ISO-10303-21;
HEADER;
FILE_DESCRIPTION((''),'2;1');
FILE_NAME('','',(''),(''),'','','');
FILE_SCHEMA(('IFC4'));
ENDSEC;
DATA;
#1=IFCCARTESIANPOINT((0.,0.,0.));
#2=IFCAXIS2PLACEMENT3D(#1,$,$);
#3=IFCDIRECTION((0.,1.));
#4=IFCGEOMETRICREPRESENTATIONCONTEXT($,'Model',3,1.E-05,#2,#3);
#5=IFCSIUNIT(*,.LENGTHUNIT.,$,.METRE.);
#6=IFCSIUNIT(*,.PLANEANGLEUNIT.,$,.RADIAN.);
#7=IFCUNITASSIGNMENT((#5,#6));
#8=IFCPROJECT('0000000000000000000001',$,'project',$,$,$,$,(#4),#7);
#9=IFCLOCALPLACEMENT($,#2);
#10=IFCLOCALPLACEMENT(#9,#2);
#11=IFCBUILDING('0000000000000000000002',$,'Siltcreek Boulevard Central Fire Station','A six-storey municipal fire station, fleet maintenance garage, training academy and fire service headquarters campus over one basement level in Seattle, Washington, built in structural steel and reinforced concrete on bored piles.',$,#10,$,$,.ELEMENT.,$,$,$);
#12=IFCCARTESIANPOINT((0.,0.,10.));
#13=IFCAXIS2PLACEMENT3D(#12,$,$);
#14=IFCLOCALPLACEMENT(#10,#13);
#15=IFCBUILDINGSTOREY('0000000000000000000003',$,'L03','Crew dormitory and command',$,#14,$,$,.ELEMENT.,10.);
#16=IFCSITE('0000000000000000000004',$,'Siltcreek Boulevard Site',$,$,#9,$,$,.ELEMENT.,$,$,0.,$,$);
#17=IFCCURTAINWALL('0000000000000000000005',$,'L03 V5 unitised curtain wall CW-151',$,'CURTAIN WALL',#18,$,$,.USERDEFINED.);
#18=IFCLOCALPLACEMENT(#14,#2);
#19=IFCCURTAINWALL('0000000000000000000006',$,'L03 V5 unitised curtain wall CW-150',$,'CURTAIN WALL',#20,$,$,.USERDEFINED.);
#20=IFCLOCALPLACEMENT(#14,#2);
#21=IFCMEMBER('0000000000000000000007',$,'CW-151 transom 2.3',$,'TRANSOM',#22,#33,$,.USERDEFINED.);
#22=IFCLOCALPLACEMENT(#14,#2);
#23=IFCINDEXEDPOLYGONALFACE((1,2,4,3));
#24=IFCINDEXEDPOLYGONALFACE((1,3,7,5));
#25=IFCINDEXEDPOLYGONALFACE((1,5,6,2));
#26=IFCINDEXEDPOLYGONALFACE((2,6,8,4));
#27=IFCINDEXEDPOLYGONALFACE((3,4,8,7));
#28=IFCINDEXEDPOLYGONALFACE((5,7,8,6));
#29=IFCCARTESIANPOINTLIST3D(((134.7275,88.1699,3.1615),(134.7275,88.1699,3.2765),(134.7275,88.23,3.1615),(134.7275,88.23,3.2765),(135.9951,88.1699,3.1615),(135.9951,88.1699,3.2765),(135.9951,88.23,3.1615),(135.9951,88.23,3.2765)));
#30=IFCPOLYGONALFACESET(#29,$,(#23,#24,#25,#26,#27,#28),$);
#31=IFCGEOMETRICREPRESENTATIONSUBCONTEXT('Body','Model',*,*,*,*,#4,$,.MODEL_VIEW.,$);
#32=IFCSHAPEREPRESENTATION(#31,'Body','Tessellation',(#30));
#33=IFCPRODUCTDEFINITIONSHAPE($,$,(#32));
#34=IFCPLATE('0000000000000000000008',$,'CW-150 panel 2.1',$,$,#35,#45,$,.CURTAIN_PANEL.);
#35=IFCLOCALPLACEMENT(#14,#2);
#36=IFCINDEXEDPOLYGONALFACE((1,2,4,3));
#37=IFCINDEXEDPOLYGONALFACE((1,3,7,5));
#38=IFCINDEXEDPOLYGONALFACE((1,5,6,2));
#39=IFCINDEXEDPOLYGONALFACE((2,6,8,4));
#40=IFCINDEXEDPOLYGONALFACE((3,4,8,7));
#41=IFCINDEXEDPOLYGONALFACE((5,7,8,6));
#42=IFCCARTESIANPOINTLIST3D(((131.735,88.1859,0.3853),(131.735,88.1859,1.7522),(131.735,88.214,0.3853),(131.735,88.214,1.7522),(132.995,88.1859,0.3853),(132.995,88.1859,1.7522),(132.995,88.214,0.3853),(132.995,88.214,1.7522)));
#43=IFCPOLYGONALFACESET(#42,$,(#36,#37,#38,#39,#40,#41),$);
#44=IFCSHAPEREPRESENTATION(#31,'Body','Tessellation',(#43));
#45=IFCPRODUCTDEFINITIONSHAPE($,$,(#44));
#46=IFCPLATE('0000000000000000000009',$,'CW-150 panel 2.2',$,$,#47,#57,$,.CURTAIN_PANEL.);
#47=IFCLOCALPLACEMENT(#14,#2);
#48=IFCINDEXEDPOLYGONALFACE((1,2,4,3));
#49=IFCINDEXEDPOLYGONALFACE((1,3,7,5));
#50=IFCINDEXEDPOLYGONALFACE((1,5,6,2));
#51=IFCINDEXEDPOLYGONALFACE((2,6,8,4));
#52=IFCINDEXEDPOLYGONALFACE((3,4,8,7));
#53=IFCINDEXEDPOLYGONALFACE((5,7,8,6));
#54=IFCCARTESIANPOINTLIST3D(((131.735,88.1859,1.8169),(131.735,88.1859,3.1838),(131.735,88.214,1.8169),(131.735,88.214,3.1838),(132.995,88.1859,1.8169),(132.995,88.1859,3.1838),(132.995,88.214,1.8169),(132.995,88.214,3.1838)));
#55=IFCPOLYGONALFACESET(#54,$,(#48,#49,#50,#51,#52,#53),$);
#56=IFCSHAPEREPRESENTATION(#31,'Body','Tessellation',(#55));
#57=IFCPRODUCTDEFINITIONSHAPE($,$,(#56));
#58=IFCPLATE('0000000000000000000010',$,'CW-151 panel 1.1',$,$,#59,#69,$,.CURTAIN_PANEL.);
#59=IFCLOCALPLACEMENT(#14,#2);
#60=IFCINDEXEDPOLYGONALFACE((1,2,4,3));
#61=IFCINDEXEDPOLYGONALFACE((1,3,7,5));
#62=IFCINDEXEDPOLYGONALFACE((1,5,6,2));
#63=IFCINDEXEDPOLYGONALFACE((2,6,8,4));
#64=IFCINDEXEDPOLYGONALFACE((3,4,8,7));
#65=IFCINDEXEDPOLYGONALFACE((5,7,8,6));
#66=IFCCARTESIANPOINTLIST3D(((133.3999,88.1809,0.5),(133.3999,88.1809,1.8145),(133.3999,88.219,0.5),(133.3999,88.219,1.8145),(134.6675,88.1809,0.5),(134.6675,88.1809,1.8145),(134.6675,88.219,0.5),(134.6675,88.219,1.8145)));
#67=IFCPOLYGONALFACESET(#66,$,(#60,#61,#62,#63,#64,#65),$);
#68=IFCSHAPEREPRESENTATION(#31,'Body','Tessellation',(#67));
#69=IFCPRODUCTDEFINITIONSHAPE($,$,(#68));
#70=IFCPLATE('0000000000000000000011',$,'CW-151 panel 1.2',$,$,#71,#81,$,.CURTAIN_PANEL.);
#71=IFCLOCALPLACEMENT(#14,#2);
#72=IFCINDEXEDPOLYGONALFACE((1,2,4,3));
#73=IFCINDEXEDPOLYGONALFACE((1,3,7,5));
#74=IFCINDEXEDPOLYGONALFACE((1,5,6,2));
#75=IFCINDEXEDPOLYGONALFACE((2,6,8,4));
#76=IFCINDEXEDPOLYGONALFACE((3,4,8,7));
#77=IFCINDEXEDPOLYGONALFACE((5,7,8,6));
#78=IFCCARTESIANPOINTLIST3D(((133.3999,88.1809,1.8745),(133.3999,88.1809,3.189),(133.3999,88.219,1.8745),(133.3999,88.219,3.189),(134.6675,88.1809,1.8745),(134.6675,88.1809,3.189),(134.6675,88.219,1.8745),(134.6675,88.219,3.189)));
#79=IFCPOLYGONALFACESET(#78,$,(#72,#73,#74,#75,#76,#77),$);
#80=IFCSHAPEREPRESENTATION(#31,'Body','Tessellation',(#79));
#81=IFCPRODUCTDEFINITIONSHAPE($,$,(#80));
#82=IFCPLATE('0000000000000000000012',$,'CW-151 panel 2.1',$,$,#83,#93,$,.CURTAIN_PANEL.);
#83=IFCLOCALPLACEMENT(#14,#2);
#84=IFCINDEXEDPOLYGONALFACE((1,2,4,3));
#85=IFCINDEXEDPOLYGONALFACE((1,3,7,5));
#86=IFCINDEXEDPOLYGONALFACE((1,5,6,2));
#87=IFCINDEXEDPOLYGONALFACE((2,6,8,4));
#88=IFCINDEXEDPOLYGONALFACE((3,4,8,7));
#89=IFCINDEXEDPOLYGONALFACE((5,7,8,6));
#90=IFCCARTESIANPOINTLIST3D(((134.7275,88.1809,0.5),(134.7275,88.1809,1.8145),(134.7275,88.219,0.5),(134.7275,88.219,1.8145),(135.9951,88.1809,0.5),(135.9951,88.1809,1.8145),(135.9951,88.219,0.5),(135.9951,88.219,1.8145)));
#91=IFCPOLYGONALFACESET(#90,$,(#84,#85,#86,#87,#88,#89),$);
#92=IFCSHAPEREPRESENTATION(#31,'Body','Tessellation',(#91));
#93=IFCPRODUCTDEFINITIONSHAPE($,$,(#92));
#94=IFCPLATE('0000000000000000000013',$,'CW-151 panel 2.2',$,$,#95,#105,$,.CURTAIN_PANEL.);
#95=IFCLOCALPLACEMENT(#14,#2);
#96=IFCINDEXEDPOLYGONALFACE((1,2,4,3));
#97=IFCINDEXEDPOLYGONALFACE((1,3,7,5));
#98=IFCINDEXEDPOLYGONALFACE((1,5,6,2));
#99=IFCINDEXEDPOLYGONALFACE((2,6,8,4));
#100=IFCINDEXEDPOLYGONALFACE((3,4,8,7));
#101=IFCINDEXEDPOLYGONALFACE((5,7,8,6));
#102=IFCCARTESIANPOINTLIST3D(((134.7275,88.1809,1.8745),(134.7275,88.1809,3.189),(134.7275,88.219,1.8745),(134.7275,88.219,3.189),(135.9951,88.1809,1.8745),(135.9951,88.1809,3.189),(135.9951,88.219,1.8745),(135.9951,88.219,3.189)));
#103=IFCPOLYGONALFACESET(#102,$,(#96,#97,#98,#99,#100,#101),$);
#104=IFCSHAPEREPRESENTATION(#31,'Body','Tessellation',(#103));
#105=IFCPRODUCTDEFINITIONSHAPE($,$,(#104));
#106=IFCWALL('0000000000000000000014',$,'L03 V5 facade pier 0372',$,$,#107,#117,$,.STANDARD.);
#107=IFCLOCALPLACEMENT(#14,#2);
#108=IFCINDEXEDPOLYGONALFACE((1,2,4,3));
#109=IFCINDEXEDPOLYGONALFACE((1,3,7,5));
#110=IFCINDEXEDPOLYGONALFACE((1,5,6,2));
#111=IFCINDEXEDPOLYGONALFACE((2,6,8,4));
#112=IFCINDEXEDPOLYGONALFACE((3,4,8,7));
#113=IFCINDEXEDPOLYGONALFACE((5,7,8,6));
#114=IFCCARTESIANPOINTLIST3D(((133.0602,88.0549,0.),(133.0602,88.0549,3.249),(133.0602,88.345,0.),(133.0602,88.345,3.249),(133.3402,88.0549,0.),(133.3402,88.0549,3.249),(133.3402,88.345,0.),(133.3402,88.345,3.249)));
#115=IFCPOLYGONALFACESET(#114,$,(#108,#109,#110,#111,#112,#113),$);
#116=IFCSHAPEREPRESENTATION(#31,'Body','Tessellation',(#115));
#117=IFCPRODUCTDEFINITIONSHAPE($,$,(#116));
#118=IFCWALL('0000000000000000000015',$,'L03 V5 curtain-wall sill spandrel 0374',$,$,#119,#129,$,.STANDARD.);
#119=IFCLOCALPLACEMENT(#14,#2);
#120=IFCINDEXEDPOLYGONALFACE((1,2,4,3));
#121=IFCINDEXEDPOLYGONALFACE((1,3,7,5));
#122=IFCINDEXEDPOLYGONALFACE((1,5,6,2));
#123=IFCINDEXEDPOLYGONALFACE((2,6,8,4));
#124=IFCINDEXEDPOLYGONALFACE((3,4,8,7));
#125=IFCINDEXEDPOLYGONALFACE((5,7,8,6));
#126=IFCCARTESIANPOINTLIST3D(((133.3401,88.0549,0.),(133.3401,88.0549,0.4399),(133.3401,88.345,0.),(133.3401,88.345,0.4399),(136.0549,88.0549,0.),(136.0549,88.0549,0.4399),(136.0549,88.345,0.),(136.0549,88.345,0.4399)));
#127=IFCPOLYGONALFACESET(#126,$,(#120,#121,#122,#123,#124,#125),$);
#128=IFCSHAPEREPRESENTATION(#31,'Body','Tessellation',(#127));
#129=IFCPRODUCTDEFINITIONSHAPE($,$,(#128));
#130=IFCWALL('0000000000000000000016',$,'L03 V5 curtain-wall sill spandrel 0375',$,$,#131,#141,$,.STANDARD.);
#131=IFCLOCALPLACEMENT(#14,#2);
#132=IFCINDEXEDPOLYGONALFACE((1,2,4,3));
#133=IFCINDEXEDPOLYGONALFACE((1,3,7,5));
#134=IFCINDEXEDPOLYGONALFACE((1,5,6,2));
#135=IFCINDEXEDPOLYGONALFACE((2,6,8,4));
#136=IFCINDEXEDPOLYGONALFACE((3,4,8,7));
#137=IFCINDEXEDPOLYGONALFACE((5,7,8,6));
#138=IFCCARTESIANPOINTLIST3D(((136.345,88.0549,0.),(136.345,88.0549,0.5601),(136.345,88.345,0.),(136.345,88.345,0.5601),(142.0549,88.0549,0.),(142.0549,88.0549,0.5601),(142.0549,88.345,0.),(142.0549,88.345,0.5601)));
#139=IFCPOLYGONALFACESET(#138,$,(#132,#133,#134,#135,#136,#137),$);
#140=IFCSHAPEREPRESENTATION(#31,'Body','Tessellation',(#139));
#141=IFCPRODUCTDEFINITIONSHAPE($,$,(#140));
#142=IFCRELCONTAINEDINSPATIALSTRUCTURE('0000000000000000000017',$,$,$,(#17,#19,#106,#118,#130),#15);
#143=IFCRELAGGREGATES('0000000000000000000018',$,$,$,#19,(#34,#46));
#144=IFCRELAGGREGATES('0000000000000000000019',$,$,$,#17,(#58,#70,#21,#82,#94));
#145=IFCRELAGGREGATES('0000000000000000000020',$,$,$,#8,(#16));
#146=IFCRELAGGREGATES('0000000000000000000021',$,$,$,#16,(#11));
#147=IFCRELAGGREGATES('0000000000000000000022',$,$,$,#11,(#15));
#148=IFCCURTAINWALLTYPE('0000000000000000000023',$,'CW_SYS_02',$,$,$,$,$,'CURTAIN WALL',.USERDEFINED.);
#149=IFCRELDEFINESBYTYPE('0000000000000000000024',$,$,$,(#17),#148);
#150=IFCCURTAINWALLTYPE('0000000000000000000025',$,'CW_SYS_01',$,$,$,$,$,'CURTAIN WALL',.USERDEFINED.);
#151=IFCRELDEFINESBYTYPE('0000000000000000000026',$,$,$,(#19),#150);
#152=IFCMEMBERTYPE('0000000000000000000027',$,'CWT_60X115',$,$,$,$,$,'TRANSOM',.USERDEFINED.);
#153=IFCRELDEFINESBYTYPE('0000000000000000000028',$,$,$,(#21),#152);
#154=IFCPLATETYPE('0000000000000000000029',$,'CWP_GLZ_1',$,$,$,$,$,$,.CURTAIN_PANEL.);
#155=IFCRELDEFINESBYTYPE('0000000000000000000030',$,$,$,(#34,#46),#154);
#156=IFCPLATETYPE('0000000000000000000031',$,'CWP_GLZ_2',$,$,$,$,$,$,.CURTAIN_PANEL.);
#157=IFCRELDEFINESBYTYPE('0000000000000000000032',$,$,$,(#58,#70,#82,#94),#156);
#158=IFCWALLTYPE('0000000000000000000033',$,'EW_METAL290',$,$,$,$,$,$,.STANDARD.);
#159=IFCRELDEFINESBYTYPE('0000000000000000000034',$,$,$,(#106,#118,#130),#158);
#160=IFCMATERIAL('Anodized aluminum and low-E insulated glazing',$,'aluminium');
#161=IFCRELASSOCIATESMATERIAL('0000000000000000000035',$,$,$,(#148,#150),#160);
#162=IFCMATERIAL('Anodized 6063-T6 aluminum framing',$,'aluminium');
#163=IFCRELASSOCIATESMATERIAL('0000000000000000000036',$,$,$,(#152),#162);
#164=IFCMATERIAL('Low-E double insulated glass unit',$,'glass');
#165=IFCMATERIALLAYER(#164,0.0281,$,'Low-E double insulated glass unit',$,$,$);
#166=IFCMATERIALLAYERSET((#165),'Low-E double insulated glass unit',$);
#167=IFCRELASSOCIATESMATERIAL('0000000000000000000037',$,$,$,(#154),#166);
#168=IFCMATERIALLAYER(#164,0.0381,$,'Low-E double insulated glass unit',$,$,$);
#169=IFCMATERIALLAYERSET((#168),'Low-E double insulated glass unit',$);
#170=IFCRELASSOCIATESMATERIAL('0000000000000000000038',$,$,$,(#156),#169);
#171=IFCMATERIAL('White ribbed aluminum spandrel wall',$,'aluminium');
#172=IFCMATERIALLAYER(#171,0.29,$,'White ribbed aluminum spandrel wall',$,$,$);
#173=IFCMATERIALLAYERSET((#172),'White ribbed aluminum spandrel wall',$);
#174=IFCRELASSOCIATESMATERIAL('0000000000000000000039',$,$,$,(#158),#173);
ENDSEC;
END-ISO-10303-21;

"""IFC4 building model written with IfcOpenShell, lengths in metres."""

from ifc_helpers import new_model, si_unit, direction, frame, frame_2d, origin, origin_2d, place, context, subcontext, project, spatial, rectangle, extrude, material, layer, layer_set, material_profile, profile_set, type_object, element, aggregate, save


model = new_model("IFC4")

# Units and contexts
model_context = context("Model", 3, precision=1e-05, world=origin(), true_north=direction((0.0, 1.0)))
body_context = subcontext(model_context, "Body", "Model", "MODEL_VIEW")
ifc_project = project(units=[si_unit("LENGTHUNIT", "METRE"), si_unit("PLANEANGLEUNIT", "RADIAN")], contexts=[model_context])

# Site, building, storey
site_placement = place(None, origin())
site = spatial("IfcSite", under=ifc_project, at=site_placement, Name="Siltcreek Boulevard Site", CompositionType="ELEMENT", RefElevation=0.0)
building_placement = place(site_placement, origin())
building = spatial("IfcBuilding", under=site, at=building_placement, Name="Siltcreek Boulevard Central Fire Station", Description="A six-storey municipal fire station, fleet maintenance garage, training academy and fire service headquarters campus over one basement level in Seattle, Washington, built in structural steel and reinforced concrete on bored piles.", CompositionType="ELEMENT")
storey_placement = place(building_placement, frame((0.0, 0.0, 10.0)))
storey = spatial("IfcBuildingStorey", under=building, at=storey_placement, Name="L03", Description="Crew dormitory and command", CompositionType="ELEMENT", Elevation=10.0)

# Curtain wall
ifc_material_1 = material(Name="Anodized aluminum and low-E insulated glazing", Category="aluminium")
curtain_wall_type_1 = type_object("IfcCurtainWallType", Name="CW_SYS_02", ElementType="CURTAIN WALL", PredefinedType="USERDEFINED", material=ifc_material_1)
curtain_wall_1_placement = place(storey_placement, origin())
curtain_wall_1 = element("IfcCurtainWall", 1, at=curtain_wall_1_placement, inside=storey, type_object=curtain_wall_type_1, Name="L03 V5 unitised curtain wall CW-151", ObjectType="CURTAIN WALL", PredefinedType="USERDEFINED")
ifc_material_2 = material(Name="Anodized 6063-T6 aluminum framing", Category="aluminium")

# Curtain wall
curtain_wall_type_2 = type_object("IfcCurtainWallType", Name="CW_SYS_01", ElementType="CURTAIN WALL", PredefinedType="USERDEFINED", material=ifc_material_1)
curtain_wall_2_placement = place(storey_placement, origin())
curtain_wall_2 = element("IfcCurtainWall", 2, at=curtain_wall_2_placement, inside=storey, type_object=curtain_wall_type_2, Name="L03 V5 unitised curtain wall CW-150", ObjectType="CURTAIN WALL", PredefinedType="USERDEFINED")

# Member
ifc_material_profile_1 = material_profile(ifc_material_2, rectangle(XDim=0.0601, YDim=0.115, at=origin_2d()), Name="TRAN60X115")
ifc_profile_set_1 = profile_set([ifc_material_profile_1], Name="Anodized 6063-T6 aluminum framing")
member_type_1 = type_object("IfcMemberType", Name="CWT_60X115", ElementType="TRANSOM", PredefinedType="USERDEFINED", material=ifc_profile_set_1)
member_1_placement = place(storey_placement, frame((134.7275, 88.2, 3.219), z_axis=(1.0, 0.0, 0.0), x_axis=(0.0, 1.0, 0.0)))
member_1 = element("IfcMember", 3, at=member_1_placement, type_object=member_type_1, Name="CW-151 transom 2.3", ObjectType="TRANSOM", PredefinedType="USERDEFINED", context=body_context, shape_type="SweptSolid", body=[
    extrude(rectangle(XDim=0.0601, YDim=0.115, at=origin_2d()), origin(), (0.0, 0.0, 1.0), 1.2676),
])

# Plates
ifc_material_3 = material(Name="Low-E double insulated glass unit", Category="glass")
ifc_layer_1 = layer(ifc_material_3, 0.0281, Name="Low-E double insulated glass unit")
ifc_layer_set_1 = layer_set([ifc_layer_1], Name="Low-E double insulated glass unit")
plate_type_1 = type_object("IfcPlateType", Name="CWP_GLZ_1", PredefinedType="CURTAIN_PANEL", material=ifc_layer_set_1)
plate_1_placement = place(storey_placement, frame((132.365, 88.2, 0.3853), z_axis=(0.0, 0.0, 1.0), x_axis=(1.0, 0.0, 0.0)))
plate_1 = element("IfcPlate", 4, at=plate_1_placement, type_object=plate_type_1, Name="CW-150 panel 2.1", PredefinedType="CURTAIN_PANEL", context=body_context, shape_type="SweptSolid", body=[
    extrude(rectangle(XDim=1.26, YDim=0.0281, at=origin_2d()), origin(), (0.0, 0.0, 1.0), 1.3669),
])
plate_2_placement = place(storey_placement, frame((132.365, 88.2, 1.8169), z_axis=(0.0, 0.0, 1.0), x_axis=(1.0, 0.0, 0.0)))
plate_2 = element("IfcPlate", 5, at=plate_2_placement, type_object=plate_type_1, Name="CW-150 panel 2.2", PredefinedType="CURTAIN_PANEL", context=body_context, shape_type="SweptSolid", body=[
    extrude(rectangle(XDim=1.26, YDim=0.0281, at=origin_2d()), origin(), (0.0, 0.0, 1.0), 1.3669),
])
aggregate(curtain_wall_2, [plate_1, plate_2])
ifc_layer_2 = layer(ifc_material_3, 0.0381, Name="Low-E double insulated glass unit")
ifc_layer_set_2 = layer_set([ifc_layer_2], Name="Low-E double insulated glass unit")
plate_type_2 = type_object("IfcPlateType", Name="CWP_GLZ_2", PredefinedType="CURTAIN_PANEL", material=ifc_layer_set_2)
plate_3_placement = place(storey_placement, frame((134.0337, 88.2, 0.5), z_axis=(0.0, 0.0, 1.0), x_axis=(1.0, 0.0, 0.0)))
plate_3 = element("IfcPlate", 6, at=plate_3_placement, type_object=plate_type_2, Name="CW-151 panel 1.1", PredefinedType="CURTAIN_PANEL", context=body_context, shape_type="SweptSolid", body=[
    extrude(rectangle(XDim=1.2676, YDim=0.0381, at=origin_2d()), origin(), (0.0, 0.0, 1.0), 1.3145),
])
plate_4_placement = place(storey_placement, frame((134.0337, 88.2, 1.8745), z_axis=(0.0, 0.0, 1.0), x_axis=(1.0, 0.0, 0.0)))
plate_4 = element("IfcPlate", 7, at=plate_4_placement, type_object=plate_type_2, Name="CW-151 panel 1.2", PredefinedType="CURTAIN_PANEL", context=body_context, shape_type="SweptSolid", body=[
    extrude(rectangle(XDim=1.2676, YDim=0.0381, at=origin_2d()), origin(), (0.0, 0.0, 1.0), 1.3145),
])
plate_5_placement = place(storey_placement, frame((135.3613, 88.2, 0.5), z_axis=(0.0, 0.0, 1.0), x_axis=(1.0, 0.0, 0.0)))
plate_5 = element("IfcPlate", 8, at=plate_5_placement, type_object=plate_type_2, Name="CW-151 panel 2.1", PredefinedType="CURTAIN_PANEL", context=body_context, shape_type="SweptSolid", body=[
    extrude(rectangle(XDim=1.2676, YDim=0.0381, at=origin_2d()), origin(), (0.0, 0.0, 1.0), 1.3145),
])
plate_6_placement = place(storey_placement, frame((135.3613, 88.2, 1.8745), z_axis=(0.0, 0.0, 1.0), x_axis=(1.0, 0.0, 0.0)))
plate_6 = element("IfcPlate", 9, at=plate_6_placement, type_object=plate_type_2, Name="CW-151 panel 2.2", PredefinedType="CURTAIN_PANEL", context=body_context, shape_type="SweptSolid", body=[
    extrude(rectangle(XDim=1.2676, YDim=0.0381, at=origin_2d()), origin(), (0.0, 0.0, 1.0), 1.3145),
])
aggregate(curtain_wall_1, [plate_3, plate_4, member_1, plate_5, plate_6])

# Walls
ifc_material_4 = material(Name="White ribbed aluminum spandrel wall", Category="aluminium")
ifc_layer_3 = layer(ifc_material_4, 0.29, Name="White ribbed aluminum spandrel wall")
ifc_layer_set_3 = layer_set([ifc_layer_3], Name="White ribbed aluminum spandrel wall")
wall_type = type_object("IfcWallType", Name="EW_METAL290", PredefinedType="STANDARD", material=ifc_layer_set_3)
wall_1_placement = place(storey_placement, frame((133.0601, 88.2, 0.0), z_axis=(0.0, 0.0, 1.0), x_axis=(1.0, 0.0, 0.0)))
element("IfcWall", 10, at=wall_1_placement, inside=storey, type_object=wall_type, Name="L03 V5 facade pier 0372", PredefinedType="STANDARD", context=body_context, shape_type="SweptSolid", body=[
    extrude(rectangle(XDim=0.28, YDim=0.29, at=frame_2d((0.1401, 0.0))), origin(), (0.0, 0.0, 1.0), 3.249),
])
wall_2_placement = place(storey_placement, frame((133.3401, 88.2, 0.0), z_axis=(0.0, 0.0, 1.0), x_axis=(1.0, 0.0, 0.0)))
element("IfcWall", 11, at=wall_2_placement, inside=storey, type_object=wall_type, Name="L03 V5 curtain-wall sill spandrel 0374", PredefinedType="STANDARD", context=body_context, shape_type="SweptSolid", body=[
    extrude(rectangle(XDim=2.7148, YDim=0.29, at=frame_2d((1.3574, 0.0))), origin(), (0.0, 0.0, 1.0), 0.4399),
])
wall_3_placement = place(storey_placement, frame((136.345, 88.2, 0.0), z_axis=(0.0, 0.0, 1.0), x_axis=(1.0, 0.0, 0.0)))
element("IfcWall", 12, at=wall_3_placement, inside=storey, type_object=wall_type, Name="L03 V5 curtain-wall sill spandrel 0375", PredefinedType="STANDARD", context=body_context, shape_type="SweptSolid", body=[
    extrude(rectangle(XDim=5.71, YDim=0.29, at=frame_2d((2.855, 0.0))), origin(), (0.0, 0.0, 1.0), 0.5601),
])

save(model, "model.ifc")
